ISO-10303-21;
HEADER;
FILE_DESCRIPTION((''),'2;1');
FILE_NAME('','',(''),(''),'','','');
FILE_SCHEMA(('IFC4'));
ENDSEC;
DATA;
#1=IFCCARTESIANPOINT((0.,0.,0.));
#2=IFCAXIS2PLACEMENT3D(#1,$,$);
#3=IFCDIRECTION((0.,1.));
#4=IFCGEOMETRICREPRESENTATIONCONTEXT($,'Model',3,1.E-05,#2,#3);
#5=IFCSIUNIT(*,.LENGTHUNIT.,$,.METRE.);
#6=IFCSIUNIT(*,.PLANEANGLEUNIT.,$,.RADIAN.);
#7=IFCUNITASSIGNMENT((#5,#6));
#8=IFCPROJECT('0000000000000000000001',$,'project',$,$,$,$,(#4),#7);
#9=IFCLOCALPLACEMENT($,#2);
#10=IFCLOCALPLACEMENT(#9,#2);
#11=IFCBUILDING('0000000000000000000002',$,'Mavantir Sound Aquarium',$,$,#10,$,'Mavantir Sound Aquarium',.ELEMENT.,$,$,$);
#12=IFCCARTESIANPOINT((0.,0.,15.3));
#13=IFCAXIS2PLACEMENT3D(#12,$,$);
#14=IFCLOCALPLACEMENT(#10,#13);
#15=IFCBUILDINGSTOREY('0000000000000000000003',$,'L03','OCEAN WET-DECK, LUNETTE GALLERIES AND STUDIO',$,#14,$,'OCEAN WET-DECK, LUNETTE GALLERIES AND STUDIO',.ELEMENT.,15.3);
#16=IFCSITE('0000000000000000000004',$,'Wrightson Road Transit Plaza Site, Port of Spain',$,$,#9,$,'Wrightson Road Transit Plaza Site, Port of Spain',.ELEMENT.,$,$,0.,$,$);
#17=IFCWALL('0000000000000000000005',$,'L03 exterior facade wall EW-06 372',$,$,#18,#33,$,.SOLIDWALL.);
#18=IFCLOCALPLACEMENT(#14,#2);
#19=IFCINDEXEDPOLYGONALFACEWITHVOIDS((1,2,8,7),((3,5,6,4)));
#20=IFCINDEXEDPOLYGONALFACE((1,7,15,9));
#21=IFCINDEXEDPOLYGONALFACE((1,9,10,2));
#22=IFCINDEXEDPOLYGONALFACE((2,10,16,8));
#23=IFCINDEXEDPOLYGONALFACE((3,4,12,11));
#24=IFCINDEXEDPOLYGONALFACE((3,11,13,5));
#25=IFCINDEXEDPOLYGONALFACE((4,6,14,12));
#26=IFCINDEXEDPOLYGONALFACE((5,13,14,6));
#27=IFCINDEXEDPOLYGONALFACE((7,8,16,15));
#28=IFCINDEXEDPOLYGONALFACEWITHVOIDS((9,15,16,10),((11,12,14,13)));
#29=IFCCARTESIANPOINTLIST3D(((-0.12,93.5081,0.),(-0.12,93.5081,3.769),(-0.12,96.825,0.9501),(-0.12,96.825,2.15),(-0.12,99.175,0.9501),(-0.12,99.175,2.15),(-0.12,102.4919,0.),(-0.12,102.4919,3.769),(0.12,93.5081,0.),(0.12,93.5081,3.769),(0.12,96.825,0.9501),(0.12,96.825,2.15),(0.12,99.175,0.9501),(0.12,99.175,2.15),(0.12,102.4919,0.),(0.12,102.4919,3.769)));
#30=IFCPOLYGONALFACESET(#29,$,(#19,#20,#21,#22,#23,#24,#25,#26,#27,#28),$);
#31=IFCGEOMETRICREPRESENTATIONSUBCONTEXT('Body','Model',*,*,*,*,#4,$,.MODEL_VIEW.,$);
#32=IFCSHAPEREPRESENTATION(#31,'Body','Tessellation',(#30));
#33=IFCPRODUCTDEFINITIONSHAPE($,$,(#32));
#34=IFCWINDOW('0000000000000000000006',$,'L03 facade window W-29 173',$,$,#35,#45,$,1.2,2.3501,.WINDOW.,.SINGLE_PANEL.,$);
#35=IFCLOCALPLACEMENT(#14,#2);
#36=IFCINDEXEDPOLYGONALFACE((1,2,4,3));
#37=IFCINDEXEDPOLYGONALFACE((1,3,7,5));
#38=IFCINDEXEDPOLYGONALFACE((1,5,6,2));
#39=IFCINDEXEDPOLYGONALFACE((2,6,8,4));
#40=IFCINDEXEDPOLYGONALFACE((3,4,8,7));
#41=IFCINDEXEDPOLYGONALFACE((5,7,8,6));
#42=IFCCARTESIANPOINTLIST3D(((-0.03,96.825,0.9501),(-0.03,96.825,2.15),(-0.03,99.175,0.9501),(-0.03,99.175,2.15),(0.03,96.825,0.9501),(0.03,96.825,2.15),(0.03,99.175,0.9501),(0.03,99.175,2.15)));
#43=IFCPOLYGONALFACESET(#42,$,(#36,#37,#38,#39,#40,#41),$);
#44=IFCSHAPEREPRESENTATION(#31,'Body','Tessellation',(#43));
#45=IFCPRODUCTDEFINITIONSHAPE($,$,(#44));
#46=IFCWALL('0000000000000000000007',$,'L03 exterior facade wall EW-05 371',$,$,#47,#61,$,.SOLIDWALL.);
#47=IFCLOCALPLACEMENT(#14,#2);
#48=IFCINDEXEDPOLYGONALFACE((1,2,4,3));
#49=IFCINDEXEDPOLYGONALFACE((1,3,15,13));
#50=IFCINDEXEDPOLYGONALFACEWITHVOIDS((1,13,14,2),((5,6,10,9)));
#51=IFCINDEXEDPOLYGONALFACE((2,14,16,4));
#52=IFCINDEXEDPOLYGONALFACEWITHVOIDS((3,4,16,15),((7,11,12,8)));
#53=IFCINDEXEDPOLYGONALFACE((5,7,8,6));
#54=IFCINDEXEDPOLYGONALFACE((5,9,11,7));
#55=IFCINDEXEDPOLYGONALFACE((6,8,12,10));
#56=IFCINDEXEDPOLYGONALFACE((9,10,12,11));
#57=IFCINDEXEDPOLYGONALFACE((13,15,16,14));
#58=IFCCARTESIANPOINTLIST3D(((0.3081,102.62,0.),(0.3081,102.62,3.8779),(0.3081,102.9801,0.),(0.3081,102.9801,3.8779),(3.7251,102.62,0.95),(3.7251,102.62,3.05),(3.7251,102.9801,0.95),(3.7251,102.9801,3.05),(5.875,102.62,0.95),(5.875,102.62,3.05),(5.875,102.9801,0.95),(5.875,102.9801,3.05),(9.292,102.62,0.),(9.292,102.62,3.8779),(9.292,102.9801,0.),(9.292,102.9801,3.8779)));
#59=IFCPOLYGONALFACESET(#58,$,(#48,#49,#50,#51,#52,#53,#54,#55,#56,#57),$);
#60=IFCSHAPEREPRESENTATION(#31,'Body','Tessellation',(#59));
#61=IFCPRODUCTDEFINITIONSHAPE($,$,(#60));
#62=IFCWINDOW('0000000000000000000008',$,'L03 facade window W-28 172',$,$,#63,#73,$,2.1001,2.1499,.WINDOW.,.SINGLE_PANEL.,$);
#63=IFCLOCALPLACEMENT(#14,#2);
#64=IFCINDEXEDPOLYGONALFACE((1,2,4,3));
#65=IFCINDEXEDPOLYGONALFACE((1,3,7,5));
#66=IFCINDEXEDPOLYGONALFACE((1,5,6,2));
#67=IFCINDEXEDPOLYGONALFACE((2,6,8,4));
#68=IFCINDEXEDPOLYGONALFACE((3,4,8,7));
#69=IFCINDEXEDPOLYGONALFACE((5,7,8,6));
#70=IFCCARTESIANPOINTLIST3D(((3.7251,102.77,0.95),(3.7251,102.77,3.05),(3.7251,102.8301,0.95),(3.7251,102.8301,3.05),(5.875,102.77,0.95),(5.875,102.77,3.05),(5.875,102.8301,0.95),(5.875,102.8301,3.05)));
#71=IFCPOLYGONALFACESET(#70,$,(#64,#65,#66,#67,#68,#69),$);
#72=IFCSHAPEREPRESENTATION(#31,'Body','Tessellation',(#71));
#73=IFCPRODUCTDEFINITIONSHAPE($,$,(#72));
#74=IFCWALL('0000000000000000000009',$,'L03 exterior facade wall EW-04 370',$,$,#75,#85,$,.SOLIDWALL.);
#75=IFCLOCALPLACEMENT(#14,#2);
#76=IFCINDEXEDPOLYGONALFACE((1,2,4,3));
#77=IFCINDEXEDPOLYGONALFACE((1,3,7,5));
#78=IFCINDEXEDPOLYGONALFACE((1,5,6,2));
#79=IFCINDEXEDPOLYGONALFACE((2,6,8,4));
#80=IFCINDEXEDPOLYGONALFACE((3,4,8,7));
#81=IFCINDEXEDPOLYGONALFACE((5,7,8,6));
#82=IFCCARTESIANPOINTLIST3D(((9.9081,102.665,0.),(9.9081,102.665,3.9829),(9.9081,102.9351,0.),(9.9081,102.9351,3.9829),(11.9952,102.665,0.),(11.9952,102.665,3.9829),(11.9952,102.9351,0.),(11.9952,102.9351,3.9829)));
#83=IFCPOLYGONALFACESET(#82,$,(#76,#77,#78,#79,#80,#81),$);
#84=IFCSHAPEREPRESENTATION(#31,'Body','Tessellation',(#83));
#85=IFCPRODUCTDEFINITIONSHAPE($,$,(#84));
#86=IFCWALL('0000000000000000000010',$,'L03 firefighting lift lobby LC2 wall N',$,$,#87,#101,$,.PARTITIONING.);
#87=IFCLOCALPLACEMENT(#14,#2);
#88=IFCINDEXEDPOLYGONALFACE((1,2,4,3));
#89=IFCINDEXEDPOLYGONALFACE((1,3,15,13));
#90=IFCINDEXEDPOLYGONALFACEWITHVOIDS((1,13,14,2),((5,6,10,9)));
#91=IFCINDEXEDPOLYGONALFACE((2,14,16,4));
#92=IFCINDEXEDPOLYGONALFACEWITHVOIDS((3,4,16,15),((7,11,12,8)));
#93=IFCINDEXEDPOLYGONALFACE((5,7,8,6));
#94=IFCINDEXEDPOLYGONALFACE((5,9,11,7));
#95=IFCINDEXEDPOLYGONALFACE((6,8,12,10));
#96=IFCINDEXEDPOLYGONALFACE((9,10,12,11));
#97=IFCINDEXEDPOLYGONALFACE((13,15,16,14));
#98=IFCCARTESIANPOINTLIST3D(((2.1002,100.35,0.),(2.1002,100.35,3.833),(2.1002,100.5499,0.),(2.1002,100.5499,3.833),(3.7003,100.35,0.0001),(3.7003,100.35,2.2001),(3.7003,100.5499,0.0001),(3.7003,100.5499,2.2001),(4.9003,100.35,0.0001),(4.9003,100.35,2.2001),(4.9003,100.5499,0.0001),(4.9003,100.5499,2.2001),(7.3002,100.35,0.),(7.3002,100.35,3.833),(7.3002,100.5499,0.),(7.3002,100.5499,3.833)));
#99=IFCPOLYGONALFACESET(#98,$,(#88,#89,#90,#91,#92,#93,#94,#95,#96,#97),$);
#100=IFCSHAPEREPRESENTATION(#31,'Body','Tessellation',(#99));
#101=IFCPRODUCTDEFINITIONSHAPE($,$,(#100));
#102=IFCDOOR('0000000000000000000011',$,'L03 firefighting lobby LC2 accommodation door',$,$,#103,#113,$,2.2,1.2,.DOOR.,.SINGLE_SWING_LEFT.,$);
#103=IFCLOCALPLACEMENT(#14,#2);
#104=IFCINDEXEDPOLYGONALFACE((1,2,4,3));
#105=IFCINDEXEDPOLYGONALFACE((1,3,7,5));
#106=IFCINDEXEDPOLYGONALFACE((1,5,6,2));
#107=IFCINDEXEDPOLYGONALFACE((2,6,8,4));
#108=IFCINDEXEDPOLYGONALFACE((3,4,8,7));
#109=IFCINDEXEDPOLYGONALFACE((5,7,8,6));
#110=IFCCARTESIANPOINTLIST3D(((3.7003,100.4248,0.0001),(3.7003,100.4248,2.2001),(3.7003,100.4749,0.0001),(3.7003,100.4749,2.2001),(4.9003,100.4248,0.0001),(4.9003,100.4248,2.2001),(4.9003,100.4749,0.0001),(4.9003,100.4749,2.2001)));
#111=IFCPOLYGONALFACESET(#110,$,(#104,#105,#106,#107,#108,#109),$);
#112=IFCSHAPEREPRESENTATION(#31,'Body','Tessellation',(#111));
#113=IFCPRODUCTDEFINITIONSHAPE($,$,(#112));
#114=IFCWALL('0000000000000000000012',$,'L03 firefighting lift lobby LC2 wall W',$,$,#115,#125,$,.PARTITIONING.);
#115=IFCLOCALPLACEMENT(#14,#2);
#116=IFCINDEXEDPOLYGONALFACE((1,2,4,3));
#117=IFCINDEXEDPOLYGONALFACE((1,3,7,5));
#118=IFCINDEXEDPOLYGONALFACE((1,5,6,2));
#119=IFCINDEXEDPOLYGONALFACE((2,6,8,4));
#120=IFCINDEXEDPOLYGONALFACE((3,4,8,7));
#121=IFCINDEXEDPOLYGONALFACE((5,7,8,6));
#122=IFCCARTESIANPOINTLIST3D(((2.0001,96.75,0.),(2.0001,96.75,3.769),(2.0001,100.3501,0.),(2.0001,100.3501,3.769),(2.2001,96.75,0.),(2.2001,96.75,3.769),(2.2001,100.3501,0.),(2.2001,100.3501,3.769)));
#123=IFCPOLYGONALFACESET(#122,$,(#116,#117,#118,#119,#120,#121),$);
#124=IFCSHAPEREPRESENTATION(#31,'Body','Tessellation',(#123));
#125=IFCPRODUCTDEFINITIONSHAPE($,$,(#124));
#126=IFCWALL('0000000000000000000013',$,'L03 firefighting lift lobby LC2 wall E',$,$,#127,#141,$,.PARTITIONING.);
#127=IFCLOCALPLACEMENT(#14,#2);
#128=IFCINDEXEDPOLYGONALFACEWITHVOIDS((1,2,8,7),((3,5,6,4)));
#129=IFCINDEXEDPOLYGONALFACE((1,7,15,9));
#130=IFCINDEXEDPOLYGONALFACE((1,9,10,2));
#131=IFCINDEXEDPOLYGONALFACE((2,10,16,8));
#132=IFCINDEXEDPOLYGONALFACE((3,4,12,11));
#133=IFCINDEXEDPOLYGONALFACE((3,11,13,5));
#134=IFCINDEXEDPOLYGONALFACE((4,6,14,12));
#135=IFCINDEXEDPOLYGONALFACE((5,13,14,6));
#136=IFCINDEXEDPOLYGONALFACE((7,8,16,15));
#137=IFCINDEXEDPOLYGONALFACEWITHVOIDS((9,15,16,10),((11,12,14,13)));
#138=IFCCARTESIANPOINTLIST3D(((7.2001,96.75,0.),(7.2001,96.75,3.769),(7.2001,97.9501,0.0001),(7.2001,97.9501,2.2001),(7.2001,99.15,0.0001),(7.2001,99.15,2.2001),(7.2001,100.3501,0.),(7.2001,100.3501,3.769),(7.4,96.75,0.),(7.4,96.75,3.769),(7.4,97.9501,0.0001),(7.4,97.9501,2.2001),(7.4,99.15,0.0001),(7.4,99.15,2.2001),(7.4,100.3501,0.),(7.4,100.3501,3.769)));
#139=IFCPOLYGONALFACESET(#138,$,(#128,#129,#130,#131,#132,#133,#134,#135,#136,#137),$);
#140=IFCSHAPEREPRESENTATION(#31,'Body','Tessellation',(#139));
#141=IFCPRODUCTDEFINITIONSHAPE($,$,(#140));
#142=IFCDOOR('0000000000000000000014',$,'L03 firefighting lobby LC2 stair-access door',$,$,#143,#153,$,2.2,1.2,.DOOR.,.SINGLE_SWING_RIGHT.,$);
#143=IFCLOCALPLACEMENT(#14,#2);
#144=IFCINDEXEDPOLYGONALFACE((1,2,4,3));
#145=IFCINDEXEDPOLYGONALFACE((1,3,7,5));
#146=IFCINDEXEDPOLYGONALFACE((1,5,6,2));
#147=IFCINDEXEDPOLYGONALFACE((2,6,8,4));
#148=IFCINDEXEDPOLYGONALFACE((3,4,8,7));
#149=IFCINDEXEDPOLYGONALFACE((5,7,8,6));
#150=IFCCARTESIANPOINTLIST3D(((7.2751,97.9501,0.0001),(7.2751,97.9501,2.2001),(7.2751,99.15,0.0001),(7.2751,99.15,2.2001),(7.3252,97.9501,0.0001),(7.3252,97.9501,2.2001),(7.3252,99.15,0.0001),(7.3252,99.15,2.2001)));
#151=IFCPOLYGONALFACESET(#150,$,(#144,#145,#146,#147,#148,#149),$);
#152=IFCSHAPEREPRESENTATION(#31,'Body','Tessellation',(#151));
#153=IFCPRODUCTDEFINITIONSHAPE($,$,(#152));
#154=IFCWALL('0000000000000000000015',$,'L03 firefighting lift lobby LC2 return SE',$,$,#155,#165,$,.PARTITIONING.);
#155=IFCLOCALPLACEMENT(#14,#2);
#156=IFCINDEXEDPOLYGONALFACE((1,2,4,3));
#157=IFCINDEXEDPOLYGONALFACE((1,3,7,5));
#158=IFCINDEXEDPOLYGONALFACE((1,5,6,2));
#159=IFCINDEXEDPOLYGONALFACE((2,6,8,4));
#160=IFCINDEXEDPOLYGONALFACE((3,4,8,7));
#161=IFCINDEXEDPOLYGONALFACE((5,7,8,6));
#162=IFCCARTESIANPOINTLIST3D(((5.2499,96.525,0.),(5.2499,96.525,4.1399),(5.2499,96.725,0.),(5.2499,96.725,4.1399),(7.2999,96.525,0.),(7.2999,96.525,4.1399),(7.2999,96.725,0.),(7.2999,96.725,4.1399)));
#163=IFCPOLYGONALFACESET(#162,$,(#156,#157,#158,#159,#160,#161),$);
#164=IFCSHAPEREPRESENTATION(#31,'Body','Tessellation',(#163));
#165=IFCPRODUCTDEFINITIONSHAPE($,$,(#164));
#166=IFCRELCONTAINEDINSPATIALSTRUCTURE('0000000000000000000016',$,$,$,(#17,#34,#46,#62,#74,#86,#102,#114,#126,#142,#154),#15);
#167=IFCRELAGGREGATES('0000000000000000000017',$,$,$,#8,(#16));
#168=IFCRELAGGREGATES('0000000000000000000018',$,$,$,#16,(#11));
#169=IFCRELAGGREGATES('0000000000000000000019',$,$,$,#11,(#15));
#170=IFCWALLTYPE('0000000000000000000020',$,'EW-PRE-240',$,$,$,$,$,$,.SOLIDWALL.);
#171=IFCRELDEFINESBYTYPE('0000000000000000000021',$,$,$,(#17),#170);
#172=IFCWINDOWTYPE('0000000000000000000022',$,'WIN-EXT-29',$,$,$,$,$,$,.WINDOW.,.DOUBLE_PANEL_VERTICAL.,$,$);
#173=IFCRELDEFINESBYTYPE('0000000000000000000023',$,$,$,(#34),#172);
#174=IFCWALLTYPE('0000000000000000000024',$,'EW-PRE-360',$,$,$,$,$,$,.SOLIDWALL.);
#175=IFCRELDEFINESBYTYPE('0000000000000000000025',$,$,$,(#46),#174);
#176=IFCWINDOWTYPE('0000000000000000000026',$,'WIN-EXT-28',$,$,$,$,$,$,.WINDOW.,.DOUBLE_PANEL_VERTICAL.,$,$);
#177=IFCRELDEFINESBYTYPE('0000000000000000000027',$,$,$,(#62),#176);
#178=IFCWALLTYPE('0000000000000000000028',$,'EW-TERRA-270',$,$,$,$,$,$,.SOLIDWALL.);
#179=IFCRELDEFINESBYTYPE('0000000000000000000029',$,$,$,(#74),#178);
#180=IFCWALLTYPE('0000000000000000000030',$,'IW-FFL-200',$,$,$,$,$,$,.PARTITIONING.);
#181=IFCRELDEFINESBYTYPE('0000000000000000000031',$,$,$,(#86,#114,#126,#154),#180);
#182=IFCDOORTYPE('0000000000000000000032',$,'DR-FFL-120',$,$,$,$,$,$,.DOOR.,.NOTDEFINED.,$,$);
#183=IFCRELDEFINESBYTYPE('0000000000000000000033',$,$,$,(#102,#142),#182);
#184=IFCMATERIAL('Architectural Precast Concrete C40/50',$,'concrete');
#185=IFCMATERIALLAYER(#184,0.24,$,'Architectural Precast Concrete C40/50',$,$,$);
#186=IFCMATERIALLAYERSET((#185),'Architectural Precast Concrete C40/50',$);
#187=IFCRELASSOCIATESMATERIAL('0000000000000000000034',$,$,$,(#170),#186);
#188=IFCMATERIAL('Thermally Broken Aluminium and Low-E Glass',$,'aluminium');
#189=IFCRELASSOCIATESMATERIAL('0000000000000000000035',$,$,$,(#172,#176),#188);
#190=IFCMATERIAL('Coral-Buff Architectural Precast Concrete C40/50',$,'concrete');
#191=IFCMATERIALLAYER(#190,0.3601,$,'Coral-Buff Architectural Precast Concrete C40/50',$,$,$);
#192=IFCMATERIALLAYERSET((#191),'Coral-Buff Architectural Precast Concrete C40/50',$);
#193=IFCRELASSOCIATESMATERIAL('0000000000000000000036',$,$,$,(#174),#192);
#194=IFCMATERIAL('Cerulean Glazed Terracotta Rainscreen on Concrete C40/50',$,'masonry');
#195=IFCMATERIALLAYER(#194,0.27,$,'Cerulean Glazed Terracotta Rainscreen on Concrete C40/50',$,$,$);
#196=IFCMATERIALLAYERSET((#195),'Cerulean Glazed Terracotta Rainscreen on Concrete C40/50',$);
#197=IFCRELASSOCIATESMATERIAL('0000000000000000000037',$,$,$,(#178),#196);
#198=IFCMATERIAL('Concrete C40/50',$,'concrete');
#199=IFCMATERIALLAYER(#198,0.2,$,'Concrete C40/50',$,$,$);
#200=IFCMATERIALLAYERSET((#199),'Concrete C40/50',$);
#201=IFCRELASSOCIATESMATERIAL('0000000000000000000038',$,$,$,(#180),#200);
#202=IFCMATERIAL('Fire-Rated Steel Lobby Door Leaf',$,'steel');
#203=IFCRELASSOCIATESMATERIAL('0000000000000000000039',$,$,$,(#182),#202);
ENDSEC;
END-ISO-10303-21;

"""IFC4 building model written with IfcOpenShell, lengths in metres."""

from ifc_helpers import new_model, si_unit, direction, frame, frame_2d, origin, place, context, subcontext, project, spatial, rectangle, extrude, material, layer, layer_set, type_object, element, fill, save


model = new_model("IFC4")

# Units and contexts
model_context = context("Model", 3, precision=1e-05, world=origin(), true_north=direction((0.0, 1.0)))
body_context = subcontext(model_context, "Body", "Model", "MODEL_VIEW")
ifc_project = project(units=[si_unit("LENGTHUNIT", "METRE"), si_unit("PLANEANGLEUNIT", "RADIAN")], contexts=[model_context])

# Site, building, storey
site_placement = place(None, origin())
site = spatial("IfcSite", under=ifc_project, at=site_placement, Name="Wrightson Road Transit Plaza Site, Port of Spain", LongName="Wrightson Road Transit Plaza Site, Port of Spain", CompositionType="ELEMENT", RefElevation=0.0)
building_placement = place(site_placement, origin())
building = spatial("IfcBuilding", under=site, at=building_placement, Name="Mavantir Sound Aquarium", LongName="Mavantir Sound Aquarium", CompositionType="ELEMENT")
storey_placement = place(building_placement, frame((0.0, 0.0, 15.3)))
storey = spatial("IfcBuildingStorey", under=building, at=storey_placement, Name="L03", Description="OCEAN WET-DECK, LUNETTE GALLERIES AND STUDIO", LongName="OCEAN WET-DECK, LUNETTE GALLERIES AND STUDIO", CompositionType="ELEMENT", Elevation=15.3)

# Shared definitions
ifc_material_1 = material(Name="Concrete C40/50", Category="concrete")

# Walls, openings, windows
ifc_material_2 = material(Name="Architectural Precast Concrete C40/50", Category="concrete")
ifc_layer_1 = layer(ifc_material_2, 0.24, Name="Architectural Precast Concrete C40/50")
ifc_layer_set_1 = layer_set([ifc_layer_1], Name="Architectural Precast Concrete C40/50")
wall_type_1 = type_object("IfcWallType", Name="EW-PRE-240", PredefinedType="SOLIDWALL", material=ifc_layer_set_1)
wall_1_placement = place(storey_placement, frame((0.0, 102.4919, 0.0), z_axis=(0.0, 0.0, 1.0), x_axis=(0.0, -1.0, 0.0)))
wall_1 = element("IfcWall", 1, at=wall_1_placement, inside=storey, type_object=wall_type_1, Name="L03 exterior facade wall EW-06 372", PredefinedType="SOLIDWALL", context=body_context, shape_type="SweptSolid", body=[
    extrude(rectangle(XDim=8.9839, YDim=0.24, at=frame_2d((4.4919, 0.0))), origin(), (0.0, 0.0, 1.0), 3.769),
])
opening_1_placement = place(wall_1_placement, frame((3.3169, 0.0, 0.95)))
opening_1 = element("IfcOpeningElement", 2, at=opening_1_placement, cuts=wall_1, PredefinedType="OPENING", context=body_context, shape_type="SweptSolid", body=[
    extrude(rectangle(XDim=2.3501, YDim=1.2, at=frame_2d((1.175, 0.6001))), frame((0.0, 0.1299, 0.0), z_axis=(0.0, -1.0, 0.0), x_axis=(1.0, 0.0, 0.0)), (0.0, 0.0, 1.0), 0.26),
])
ifc_material_3 = material(Name="Thermally Broken Aluminium and Low-E Glass", Category="aluminium")
window_type_1 = type_object("IfcWindowType", Name="WIN-EXT-29", PartitioningType="DOUBLE_PANEL_VERTICAL", PredefinedType="WINDOW", material=ifc_material_3)
window_1_placement = place(opening_1_placement, origin())
window_1 = element("IfcWindow", 3, at=window_1_placement, inside=storey, type_object=window_type_1, Name="L03 facade window W-29 173", OverallHeight=1.2, OverallWidth=2.3501, PartitioningType="SINGLE_PANEL", PredefinedType="WINDOW", context=body_context, shape_type="SweptSolid", body=[
    extrude(rectangle(XDim=2.3501, YDim=1.2, at=frame_2d((1.175, 0.6001))), frame((0.0, 0.03, 0.0), z_axis=(0.0, -1.0, 0.0), x_axis=(1.0, 0.0, 0.0)), (0.0, 0.0, 1.0), 0.0601),
])
fill(opening_1, window_1)
ifc_material_4 = material(Name="Coral-Buff Architectural Precast Concrete C40/50", Category="concrete")
ifc_layer_2 = layer(ifc_material_4, 0.3601, Name="Coral-Buff Architectural Precast Concrete C40/50")
ifc_layer_set_2 = layer_set([ifc_layer_2], Name="Coral-Buff Architectural Precast Concrete C40/50")
wall_type_2 = type_object("IfcWallType", Name="EW-PRE-360", PredefinedType="SOLIDWALL", material=ifc_layer_set_2)
wall_2_placement = place(storey_placement, frame((9.292, 102.8, 0.0), z_axis=(0.0, 0.0, 1.0), x_axis=(-1.0, 0.0, 0.0)))
wall_2 = element("IfcWall", 4, at=wall_2_placement, inside=storey, type_object=wall_type_2, Name="L03 exterior facade wall EW-05 371", PredefinedType="SOLIDWALL", context=body_context, shape_type="SweptSolid", body=[
    extrude(rectangle(XDim=8.9839, YDim=0.3601, at=frame_2d((4.4919, 0.0))), origin(), (0.0, 0.0, 1.0), 3.8779),
])
opening_2_placement = place(wall_2_placement, frame((3.417, 0.0, 0.95)))
opening_2 = element("IfcOpeningElement", 5, at=opening_2_placement, cuts=wall_2, PredefinedType="OPENING", context=body_context, shape_type="SweptSolid", body=[
    extrude(rectangle(XDim=2.1499, YDim=2.1001, at=frame_2d((1.075, 1.05))), frame((0.0, 0.1899, 0.0), z_axis=(0.0, -1.0, 0.0), x_axis=(1.0, 0.0, 0.0)), (0.0, 0.0, 1.0), 0.3801),
])
window_type_2 = type_object("IfcWindowType", Name="WIN-EXT-28", PartitioningType="DOUBLE_PANEL_VERTICAL", PredefinedType="WINDOW", material=ifc_material_3)
window_2_placement = place(opening_2_placement, origin())
window_2 = element("IfcWindow", 6, at=window_2_placement, inside=storey, type_object=window_type_2, Name="L03 facade window W-28 172", OverallHeight=2.1001, OverallWidth=2.1499, PartitioningType="SINGLE_PANEL", PredefinedType="WINDOW", context=body_context, shape_type="SweptSolid", body=[
    extrude(rectangle(XDim=2.1499, YDim=2.1001, at=frame_2d((1.075, 1.05))), frame((0.0, 0.03, 0.0), z_axis=(0.0, -1.0, 0.0), x_axis=(1.0, 0.0, 0.0)), (0.0, 0.0, 1.0), 0.0601),
])
fill(opening_2, window_2)

# Wall
ifc_material_5 = material(Name="Cerulean Glazed Terracotta Rainscreen on Concrete C40/50", Category="masonry")
ifc_layer_3 = layer(ifc_material_5, 0.27, Name="Cerulean Glazed Terracotta Rainscreen on Concrete C40/50")
ifc_layer_set_3 = layer_set([ifc_layer_3], Name="Cerulean Glazed Terracotta Rainscreen on Concrete C40/50")
wall_type_3 = type_object("IfcWallType", Name="EW-TERRA-270", PredefinedType="SOLIDWALL", material=ifc_layer_set_3)
wall_3_placement = place(storey_placement, frame((11.9951, 102.8, 0.0), z_axis=(0.0, 0.0, 1.0), x_axis=(-1.0, 0.0, 0.0)))
element("IfcWall", 7, at=wall_3_placement, inside=storey, type_object=wall_type_3, Name="L03 exterior facade wall EW-04 370", PredefinedType="SOLIDWALL", context=body_context, shape_type="SweptSolid", body=[
    extrude(rectangle(XDim=2.0872, YDim=0.27, at=frame_2d((1.0435, 0.0))), origin(), (0.0, 0.0, 1.0), 3.9829),
])

# Wall, opening, door
ifc_layer_4 = layer(ifc_material_1, 0.2, Name="Concrete C40/50")
ifc_layer_set_4 = layer_set([ifc_layer_4], Name="Concrete C40/50")
wall_type_4 = type_object("IfcWallType", Name="IW-FFL-200", PredefinedType="PARTITIONING", material=ifc_layer_set_4)
wall_4_placement = place(storey_placement, frame((2.1001, 100.45, 0.0), z_axis=(0.0, 0.0, 1.0), x_axis=(1.0, 0.0, 0.0)))
wall_4 = element("IfcWall", 8, at=wall_4_placement, inside=storey, type_object=wall_type_4, Name="L03 firefighting lift lobby LC2 wall N", PredefinedType="PARTITIONING", context=body_context, shape_type="SweptSolid", body=[
    extrude(rectangle(XDim=5.2, YDim=0.2, at=frame_2d((2.6001, 0.0))), origin(), (0.0, 0.0, 1.0), 3.833),
])
opening_3_placement = place(wall_4_placement, frame((1.6001, 0.0, 0.0)))
opening_3 = element("IfcOpeningElement", 9, at=opening_3_placement, cuts=wall_4, PredefinedType="OPENING", context=body_context, shape_type="SweptSolid", body=[
    extrude(rectangle(XDim=1.2, YDim=2.2, at=frame_2d((0.6001, 1.1001))), frame((0.0, 0.1099, 0.0), z_axis=(0.0, -1.0, 0.0), x_axis=(1.0, 0.0, 0.0)), (0.0, 0.0, 1.0), 0.22),
])
ifc_material_6 = material(Name="Fire-Rated Steel Lobby Door Leaf", Category="steel")
door_type_1 = type_object("IfcDoorType", Name="DR-FFL-120", OperationType="NOTDEFINED", PredefinedType="DOOR", material=ifc_material_6)
door_1_placement = place(opening_3_placement, origin())
door_1 = element("IfcDoor", 10, at=door_1_placement, inside=storey, type_object=door_type_1, Name="L03 firefighting lobby LC2 accommodation door", OperationType="SINGLE_SWING_LEFT", OverallHeight=2.2, OverallWidth=1.2, PredefinedType="DOOR", context=body_context, shape_type="SweptSolid", body=[
    extrude(rectangle(XDim=1.2, YDim=2.2, at=frame_2d((0.6001, 1.1001))), frame((0.0, 0.0249, 0.0), z_axis=(0.0, -1.0, 0.0), x_axis=(1.0, 0.0, 0.0)), (0.0, 0.0, 1.0), 0.05),
])
fill(opening_3, door_1)

# Wall
wall_5_placement = place(storey_placement, frame((2.1001, 96.75, 0.0), z_axis=(0.0, 0.0, 1.0), x_axis=(0.0, 1.0, 0.0)))
element("IfcWall", 11, at=wall_5_placement, inside=storey, type_object=wall_type_4, Name="L03 firefighting lift lobby LC2 wall W", PredefinedType="PARTITIONING", context=body_context, shape_type="SweptSolid", body=[
    extrude(rectangle(XDim=3.6001, YDim=0.2, at=frame_2d((1.8, 0.0))), origin(), (0.0, 0.0, 1.0), 3.769),
])

# Wall, opening, door
wall_6_placement = place(storey_placement, frame((7.3, 96.75, 0.0), z_axis=(0.0, 0.0, 1.0), x_axis=(0.0, 1.0, 0.0)))
wall_6 = element("IfcWall", 12, at=wall_6_placement, inside=storey, type_object=wall_type_4, Name="L03 firefighting lift lobby LC2 wall E", PredefinedType="PARTITIONING", context=body_context, shape_type="SweptSolid", body=[
    extrude(rectangle(XDim=3.6001, YDim=0.2, at=frame_2d((1.8, 0.0))), origin(), (0.0, 0.0, 1.0), 3.769),
])
opening_4_placement = place(wall_6_placement, frame((1.2, 0.0, 0.0)))
opening_4 = element("IfcOpeningElement", 13, at=opening_4_placement, cuts=wall_6, PredefinedType="OPENING", context=body_context, shape_type="SweptSolid", body=[
    extrude(rectangle(XDim=1.2, YDim=2.2, at=frame_2d((0.6001, 1.1001))), frame((0.0, 0.1099, 0.0), z_axis=(0.0, -1.0, 0.0), x_axis=(1.0, 0.0, 0.0)), (0.0, 0.0, 1.0), 0.22),
])
door_2_placement = place(opening_4_placement, origin())
door_2 = element("IfcDoor", 14, at=door_2_placement, inside=storey, type_object=door_type_1, Name="L03 firefighting lobby LC2 stair-access door", OperationType="SINGLE_SWING_RIGHT", OverallHeight=2.2, OverallWidth=1.2, PredefinedType="DOOR", context=body_context, shape_type="SweptSolid", body=[
    extrude(rectangle(XDim=1.2, YDim=2.2, at=frame_2d((0.6001, 1.1001))), frame((0.0, 0.0249, 0.0), z_axis=(0.0, -1.0, 0.0), x_axis=(1.0, 0.0, 0.0)), (0.0, 0.0, 1.0), 0.05),
])
fill(opening_4, door_2)

# Wall
wall_7_placement = place(storey_placement, frame((5.25, 96.625, 0.0), z_axis=(0.0, 0.0, 1.0), x_axis=(1.0, 0.0, 0.0)))
element("IfcWall", 15, at=wall_7_placement, inside=storey, type_object=wall_type_4, Name="L03 firefighting lift lobby LC2 return SE", PredefinedType="PARTITIONING", context=body_context, shape_type="SweptSolid", body=[
    extrude(rectangle(XDim=2.05, YDim=0.2, at=frame_2d((1.0249, 0.0))), origin(), (0.0, 0.0, 1.0), 4.1399),
])

save(model, "model.ifc")
